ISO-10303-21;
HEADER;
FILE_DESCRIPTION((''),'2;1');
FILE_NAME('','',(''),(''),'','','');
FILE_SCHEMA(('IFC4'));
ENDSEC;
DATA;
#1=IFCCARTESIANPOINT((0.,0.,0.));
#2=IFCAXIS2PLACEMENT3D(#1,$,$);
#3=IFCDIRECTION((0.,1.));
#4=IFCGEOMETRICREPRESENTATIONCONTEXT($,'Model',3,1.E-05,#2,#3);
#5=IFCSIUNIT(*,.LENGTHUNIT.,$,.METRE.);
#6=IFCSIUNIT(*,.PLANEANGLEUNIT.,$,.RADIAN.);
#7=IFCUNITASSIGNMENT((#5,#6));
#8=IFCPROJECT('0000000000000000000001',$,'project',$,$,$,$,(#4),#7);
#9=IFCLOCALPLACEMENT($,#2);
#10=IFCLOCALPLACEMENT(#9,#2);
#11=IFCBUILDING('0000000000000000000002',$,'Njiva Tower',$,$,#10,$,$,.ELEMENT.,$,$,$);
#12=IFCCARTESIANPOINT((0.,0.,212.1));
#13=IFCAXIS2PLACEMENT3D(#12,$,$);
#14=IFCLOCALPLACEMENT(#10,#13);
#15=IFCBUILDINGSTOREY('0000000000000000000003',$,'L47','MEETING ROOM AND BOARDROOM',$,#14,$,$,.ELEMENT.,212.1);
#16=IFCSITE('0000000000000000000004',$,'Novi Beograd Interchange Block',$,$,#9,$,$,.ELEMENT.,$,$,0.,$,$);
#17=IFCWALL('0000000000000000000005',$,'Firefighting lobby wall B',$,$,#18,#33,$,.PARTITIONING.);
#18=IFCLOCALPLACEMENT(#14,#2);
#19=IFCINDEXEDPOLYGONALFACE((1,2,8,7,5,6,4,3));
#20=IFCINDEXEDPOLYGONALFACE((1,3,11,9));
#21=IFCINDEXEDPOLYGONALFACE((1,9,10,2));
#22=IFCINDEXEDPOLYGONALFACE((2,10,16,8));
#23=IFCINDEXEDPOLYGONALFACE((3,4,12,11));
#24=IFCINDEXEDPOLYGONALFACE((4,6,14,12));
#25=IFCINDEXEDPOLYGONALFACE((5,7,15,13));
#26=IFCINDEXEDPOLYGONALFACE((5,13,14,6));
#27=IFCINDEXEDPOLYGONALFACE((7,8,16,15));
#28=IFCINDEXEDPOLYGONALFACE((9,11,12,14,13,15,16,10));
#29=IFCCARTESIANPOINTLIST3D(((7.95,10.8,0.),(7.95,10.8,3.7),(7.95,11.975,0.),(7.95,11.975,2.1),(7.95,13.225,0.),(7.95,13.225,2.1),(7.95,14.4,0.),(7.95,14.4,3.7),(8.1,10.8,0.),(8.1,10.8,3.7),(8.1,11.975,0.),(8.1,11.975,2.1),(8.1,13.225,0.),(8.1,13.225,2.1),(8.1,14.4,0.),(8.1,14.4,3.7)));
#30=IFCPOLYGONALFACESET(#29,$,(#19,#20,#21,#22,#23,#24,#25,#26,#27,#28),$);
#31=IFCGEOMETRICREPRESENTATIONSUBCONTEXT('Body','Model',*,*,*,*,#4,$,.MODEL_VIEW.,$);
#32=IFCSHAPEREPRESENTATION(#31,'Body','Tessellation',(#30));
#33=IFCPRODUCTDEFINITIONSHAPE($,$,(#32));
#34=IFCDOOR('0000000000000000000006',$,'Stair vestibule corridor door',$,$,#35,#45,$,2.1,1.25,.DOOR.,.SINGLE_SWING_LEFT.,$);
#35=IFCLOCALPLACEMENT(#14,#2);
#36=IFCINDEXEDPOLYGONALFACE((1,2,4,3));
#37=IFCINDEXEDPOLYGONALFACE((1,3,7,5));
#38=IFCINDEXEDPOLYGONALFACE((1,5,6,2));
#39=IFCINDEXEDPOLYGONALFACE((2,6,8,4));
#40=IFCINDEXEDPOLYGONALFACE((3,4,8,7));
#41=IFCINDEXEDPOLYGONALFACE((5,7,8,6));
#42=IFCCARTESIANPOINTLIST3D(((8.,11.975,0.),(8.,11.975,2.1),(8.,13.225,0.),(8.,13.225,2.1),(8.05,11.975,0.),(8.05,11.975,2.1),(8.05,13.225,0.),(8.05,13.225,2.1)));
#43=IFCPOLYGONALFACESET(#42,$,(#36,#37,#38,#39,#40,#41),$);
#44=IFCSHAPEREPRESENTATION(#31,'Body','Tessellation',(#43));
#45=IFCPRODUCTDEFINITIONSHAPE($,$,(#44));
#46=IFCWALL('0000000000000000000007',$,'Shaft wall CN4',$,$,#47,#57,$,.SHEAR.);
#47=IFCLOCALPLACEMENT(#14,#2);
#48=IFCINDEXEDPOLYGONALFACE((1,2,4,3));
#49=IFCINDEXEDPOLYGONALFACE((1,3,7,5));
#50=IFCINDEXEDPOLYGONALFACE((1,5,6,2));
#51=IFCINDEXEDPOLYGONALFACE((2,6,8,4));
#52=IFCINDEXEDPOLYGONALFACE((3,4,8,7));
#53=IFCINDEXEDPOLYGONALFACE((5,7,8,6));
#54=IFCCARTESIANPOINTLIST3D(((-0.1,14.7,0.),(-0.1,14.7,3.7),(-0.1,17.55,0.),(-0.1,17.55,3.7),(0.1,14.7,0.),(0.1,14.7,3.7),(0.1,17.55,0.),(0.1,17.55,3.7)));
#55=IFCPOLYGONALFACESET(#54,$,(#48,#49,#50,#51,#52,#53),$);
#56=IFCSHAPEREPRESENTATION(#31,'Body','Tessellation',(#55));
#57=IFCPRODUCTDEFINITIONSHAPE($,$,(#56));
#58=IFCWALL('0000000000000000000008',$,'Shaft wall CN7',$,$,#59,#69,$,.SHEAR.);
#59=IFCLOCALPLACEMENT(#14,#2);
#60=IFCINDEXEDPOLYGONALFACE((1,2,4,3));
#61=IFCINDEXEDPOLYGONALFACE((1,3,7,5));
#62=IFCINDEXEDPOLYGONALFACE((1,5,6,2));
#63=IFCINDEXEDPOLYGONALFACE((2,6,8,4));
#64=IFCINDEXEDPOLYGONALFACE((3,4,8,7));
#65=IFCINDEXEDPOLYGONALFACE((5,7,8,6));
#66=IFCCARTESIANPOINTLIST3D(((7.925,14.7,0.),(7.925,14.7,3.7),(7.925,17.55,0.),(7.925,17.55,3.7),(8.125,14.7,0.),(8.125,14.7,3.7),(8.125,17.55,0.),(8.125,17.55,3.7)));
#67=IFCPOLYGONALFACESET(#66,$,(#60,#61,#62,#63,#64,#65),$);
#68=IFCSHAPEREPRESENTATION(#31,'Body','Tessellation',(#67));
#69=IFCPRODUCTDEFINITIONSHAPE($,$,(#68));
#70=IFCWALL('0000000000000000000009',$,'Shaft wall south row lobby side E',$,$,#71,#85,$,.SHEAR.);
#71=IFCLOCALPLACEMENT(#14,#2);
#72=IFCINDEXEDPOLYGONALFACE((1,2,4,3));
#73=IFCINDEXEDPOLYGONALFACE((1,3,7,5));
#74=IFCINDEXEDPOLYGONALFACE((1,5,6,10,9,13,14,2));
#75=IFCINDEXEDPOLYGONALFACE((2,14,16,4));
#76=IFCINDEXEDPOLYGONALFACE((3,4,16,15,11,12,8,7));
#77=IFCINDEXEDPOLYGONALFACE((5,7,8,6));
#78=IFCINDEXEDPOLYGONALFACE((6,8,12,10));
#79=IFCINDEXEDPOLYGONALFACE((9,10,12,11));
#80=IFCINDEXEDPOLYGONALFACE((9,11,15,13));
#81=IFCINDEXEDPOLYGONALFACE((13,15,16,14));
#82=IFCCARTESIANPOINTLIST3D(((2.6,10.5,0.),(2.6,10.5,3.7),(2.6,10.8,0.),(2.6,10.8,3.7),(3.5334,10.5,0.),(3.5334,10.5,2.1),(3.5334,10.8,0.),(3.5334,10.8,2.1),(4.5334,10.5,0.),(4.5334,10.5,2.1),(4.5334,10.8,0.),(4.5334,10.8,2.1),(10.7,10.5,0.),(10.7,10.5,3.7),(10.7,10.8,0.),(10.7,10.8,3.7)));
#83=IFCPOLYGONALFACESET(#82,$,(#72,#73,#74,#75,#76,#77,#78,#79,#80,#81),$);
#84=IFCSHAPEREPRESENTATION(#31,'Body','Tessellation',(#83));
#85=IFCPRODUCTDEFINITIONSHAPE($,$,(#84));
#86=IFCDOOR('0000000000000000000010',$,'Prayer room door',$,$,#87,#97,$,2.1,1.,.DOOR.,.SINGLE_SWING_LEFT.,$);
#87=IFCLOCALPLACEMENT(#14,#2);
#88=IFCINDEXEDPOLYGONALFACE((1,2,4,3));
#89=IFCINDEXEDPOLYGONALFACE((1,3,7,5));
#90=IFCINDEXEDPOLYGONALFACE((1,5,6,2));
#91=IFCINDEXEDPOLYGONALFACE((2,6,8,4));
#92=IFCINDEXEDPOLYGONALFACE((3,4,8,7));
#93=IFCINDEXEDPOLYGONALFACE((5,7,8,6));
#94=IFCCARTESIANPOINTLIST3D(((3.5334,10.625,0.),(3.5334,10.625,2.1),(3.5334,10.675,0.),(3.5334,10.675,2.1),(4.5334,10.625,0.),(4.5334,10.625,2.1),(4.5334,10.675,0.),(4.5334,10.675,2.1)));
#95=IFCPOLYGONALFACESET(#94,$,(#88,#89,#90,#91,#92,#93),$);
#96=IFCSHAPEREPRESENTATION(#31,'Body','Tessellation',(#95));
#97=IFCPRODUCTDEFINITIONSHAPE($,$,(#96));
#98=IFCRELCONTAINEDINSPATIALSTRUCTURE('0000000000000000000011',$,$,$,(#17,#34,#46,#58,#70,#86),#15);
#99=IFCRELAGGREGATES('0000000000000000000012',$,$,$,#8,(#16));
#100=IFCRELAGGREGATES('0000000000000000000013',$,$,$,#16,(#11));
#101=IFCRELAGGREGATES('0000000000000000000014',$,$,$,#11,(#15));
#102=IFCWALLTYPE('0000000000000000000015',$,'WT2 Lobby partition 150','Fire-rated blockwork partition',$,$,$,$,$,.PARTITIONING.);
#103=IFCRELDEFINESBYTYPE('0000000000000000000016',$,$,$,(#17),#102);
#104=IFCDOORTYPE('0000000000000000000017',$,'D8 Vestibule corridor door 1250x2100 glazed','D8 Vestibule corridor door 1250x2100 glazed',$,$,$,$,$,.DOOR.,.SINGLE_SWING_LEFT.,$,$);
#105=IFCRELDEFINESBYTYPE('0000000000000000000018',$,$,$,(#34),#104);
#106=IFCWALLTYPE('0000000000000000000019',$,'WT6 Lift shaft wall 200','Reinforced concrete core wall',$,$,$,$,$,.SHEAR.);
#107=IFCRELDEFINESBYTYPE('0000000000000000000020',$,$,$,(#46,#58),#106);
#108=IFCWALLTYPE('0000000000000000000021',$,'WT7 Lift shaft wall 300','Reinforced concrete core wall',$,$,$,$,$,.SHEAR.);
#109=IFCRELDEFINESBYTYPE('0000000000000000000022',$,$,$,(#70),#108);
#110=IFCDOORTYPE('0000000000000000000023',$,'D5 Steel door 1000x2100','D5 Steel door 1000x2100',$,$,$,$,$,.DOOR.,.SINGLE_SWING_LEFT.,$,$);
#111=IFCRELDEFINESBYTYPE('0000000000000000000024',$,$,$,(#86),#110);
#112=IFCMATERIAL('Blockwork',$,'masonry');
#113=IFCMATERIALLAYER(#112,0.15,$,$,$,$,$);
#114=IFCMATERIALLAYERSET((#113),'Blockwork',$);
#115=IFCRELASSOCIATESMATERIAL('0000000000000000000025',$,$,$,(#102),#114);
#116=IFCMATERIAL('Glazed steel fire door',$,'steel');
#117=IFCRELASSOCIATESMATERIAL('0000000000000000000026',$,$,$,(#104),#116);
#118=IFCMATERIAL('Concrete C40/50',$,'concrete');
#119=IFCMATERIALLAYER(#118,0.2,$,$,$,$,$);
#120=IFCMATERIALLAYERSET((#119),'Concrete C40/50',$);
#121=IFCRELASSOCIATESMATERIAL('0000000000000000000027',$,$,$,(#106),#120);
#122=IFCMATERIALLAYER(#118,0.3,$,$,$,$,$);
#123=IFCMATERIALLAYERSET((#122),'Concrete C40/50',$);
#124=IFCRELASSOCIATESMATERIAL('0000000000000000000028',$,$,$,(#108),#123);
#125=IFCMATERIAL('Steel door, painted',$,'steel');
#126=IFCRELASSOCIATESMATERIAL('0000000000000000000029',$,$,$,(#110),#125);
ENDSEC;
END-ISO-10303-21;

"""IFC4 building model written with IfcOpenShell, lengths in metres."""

from ifc_helpers import new_model, si_unit, direction, frame, frame_2d, origin, place, context, subcontext, project, spatial, rectangle, extrude, material, layer, layer_set, type_object, element, fill, save


model = new_model("IFC4")

# Units and contexts
model_context = context("Model", 3, precision=1e-05, world=origin(), true_north=direction((0.0, 1.0)))
body_context = subcontext(model_context, "Body", "Model", "MODEL_VIEW")
ifc_project = project(units=[si_unit("LENGTHUNIT", "METRE"), si_unit("PLANEANGLEUNIT", "RADIAN")], contexts=[model_context])

# Site, building, storey
site_placement = place(None, origin())
site = spatial("IfcSite", under=ifc_project, at=site_placement, Name="Novi Beograd Interchange Block", CompositionType="ELEMENT", RefElevation=0.0)
building_placement = place(site_placement, origin())
building = spatial("IfcBuilding", under=site, at=building_placement, Name="Njiva Tower", CompositionType="ELEMENT")
storey_placement = place(building_placement, frame((0.0, 0.0, 212.1)))
storey = spatial("IfcBuildingStorey", under=building, at=storey_placement, Name="L47", Description="MEETING ROOM AND BOARDROOM", CompositionType="ELEMENT", Elevation=212.1)

# Shared definitions
ifc_material_1 = material(Name="Blockwork", Category="masonry")

# Wall, opening, door
ifc_material_2 = material(Name="Concrete C40/50", Category="concrete")
ifc_material_3 = material(Name="Glazed steel fire door", Category="steel")
ifc_layer_1 = layer(ifc_material_1, 0.15)
ifc_layer_set_1 = layer_set([ifc_layer_1], Name="Blockwork")
wall_type_1 = type_object("IfcWallType", Name="WT2 Lobby partition 150", Description="Fire-rated blockwork partition", PredefinedType="PARTITIONING", material=ifc_layer_set_1)
wall_1_placement = place(storey_placement, frame((8.025, 10.8, 0.0), z_axis=(0.0, 0.0, 1.0), x_axis=(0.0, 1.0, 0.0)))
wall_1 = element("IfcWall", 1, at=wall_1_placement, inside=storey, type_object=wall_type_1, Name="Firefighting lobby wall B", PredefinedType="PARTITIONING", context=body_context, shape_type="SweptSolid", body=[
    extrude(rectangle(XDim=3.6, YDim=0.15, at=frame_2d((1.8, 0.0))), origin(), (0.0, 0.0, 1.0), 3.7),
])
opening_1_placement = place(wall_1_placement, frame((1.175, 0.0, 0.0)))
opening_1 = element("IfcOpeningElement", 2, at=opening_1_placement, cuts=wall_1, PredefinedType="OPENING", context=body_context, shape_type="SweptSolid", body=[
    extrude(rectangle(XDim=1.25, YDim=2.1, at=frame_2d((0.625, 1.05))), frame((0.0, 0.085, 0.0), z_axis=(0.0, -1.0, 0.0), x_axis=(1.0, 0.0, 0.0)), (0.0, 0.0, 1.0), 0.17),
])
door_type_1 = type_object("IfcDoorType", Name="D8 Vestibule corridor door 1250x2100 glazed", Description="D8 Vestibule corridor door 1250x2100 glazed", OperationType="SINGLE_SWING_LEFT", PredefinedType="DOOR", material=ifc_material_3)
door_1_placement = place(opening_1_placement, origin())
door_1 = element("IfcDoor", 3, at=door_1_placement, inside=storey, type_object=door_type_1, Name="Stair vestibule corridor door", OperationType="SINGLE_SWING_LEFT", OverallHeight=2.1, OverallWidth=1.25, PredefinedType="DOOR", context=body_context, shape_type="SweptSolid", body=[
    extrude(rectangle(XDim=1.25, YDim=2.1, at=frame_2d((0.625, 1.05))), frame((0.0, 0.025, 0.0), z_axis=(0.0, -1.0, 0.0), x_axis=(1.0, 0.0, 0.0)), (0.0, 0.0, 1.0), 0.05),
])
fill(opening_1, door_1)

# Walls
ifc_layer_2 = layer(ifc_material_2, 0.2)
ifc_layer_set_2 = layer_set([ifc_layer_2], Name="Concrete C40/50")
wall_type_2 = type_object("IfcWallType", Name="WT6 Lift shaft wall 200", Description="Reinforced concrete core wall", PredefinedType="SHEAR", material=ifc_layer_set_2)
for number, where, z_axis, x_axis, name in (
    (4, (0.0, 14.7, 0.0), (0.0, 0.0, 1.0), (0.0, 1.0, 0.0), "Shaft wall CN4"),
    (5, (8.025, 14.7, 0.0), (0.0, 0.0, 1.0), (0.0, 1.0, 0.0), "Shaft wall CN7"),
):
    element("IfcWall", number, at=place(storey_placement, frame(where, z_axis=z_axis, x_axis=x_axis)), inside=storey, type_object=wall_type_2, Name=name, PredefinedType="SHEAR", context=body_context, shape_type="SweptSolid", body=[
        extrude(rectangle(XDim=2.85, YDim=0.2, at=frame_2d((1.425, 0.0))), origin(), (0.0, 0.0, 1.0), 3.7),
    ])

# Wall, opening, door
ifc_layer_3 = layer(ifc_material_2, 0.3)
ifc_layer_set_3 = layer_set([ifc_layer_3], Name="Concrete C40/50")
wall_type_3 = type_object("IfcWallType", Name="WT7 Lift shaft wall 300", Description="Reinforced concrete core wall", PredefinedType="SHEAR", material=ifc_layer_set_3)
wall_2_placement = place(storey_placement, frame((2.6, 10.65, 0.0), z_axis=(0.0, 0.0, 1.0), x_axis=(1.0, 0.0, 0.0)))
wall_2 = element("IfcWall", 6, at=wall_2_placement, inside=storey, type_object=wall_type_3, Name="Shaft wall south row lobby side E", PredefinedType="SHEAR", context=body_context, shape_type="SweptSolid", body=[
    extrude(rectangle(XDim=8.1, YDim=0.3, at=frame_2d((4.05, 0.0))), origin(), (0.0, 0.0, 1.0), 3.7),
])
opening_2_placement = place(wall_2_placement, frame((0.9334, 0.0, 0.0)))
opening_2 = element("IfcOpeningElement", 7, at=opening_2_placement, cuts=wall_2, PredefinedType="OPENING", context=body_context, shape_type="SweptSolid", body=[
    extrude(rectangle(XDim=1.0, YDim=2.1, at=frame_2d((0.5, 1.05))), frame((0.0, 0.16, 0.0), z_axis=(0.0, -1.0, 0.0), x_axis=(1.0, 0.0, 0.0)), (0.0, 0.0, 1.0), 0.32),
])
ifc_material_4 = material(Name="Steel door, painted", Category="steel")
door_type_2 = type_object("IfcDoorType", Name="D5 Steel door 1000x2100", Description="D5 Steel door 1000x2100", OperationType="SINGLE_SWING_LEFT", PredefinedType="DOOR", material=ifc_material_4)
door_2_placement = place(opening_2_placement, origin())
door_2 = element("IfcDoor", 8, at=door_2_placement, inside=storey, type_object=door_type_2, Name="Prayer room door", OperationType="SINGLE_SWING_LEFT", OverallHeight=2.1, OverallWidth=1.0, PredefinedType="DOOR", context=body_context, shape_type="SweptSolid", body=[
    extrude(rectangle(XDim=1.0, YDim=2.1, at=frame_2d((0.5, 1.05))), frame((0.0, 0.025, 0.0), z_axis=(0.0, -1.0, 0.0), x_axis=(1.0, 0.0, 0.0)), (0.0, 0.0, 1.0), 0.05),
])
fill(opening_2, door_2)

save(model, "model.ifc")
